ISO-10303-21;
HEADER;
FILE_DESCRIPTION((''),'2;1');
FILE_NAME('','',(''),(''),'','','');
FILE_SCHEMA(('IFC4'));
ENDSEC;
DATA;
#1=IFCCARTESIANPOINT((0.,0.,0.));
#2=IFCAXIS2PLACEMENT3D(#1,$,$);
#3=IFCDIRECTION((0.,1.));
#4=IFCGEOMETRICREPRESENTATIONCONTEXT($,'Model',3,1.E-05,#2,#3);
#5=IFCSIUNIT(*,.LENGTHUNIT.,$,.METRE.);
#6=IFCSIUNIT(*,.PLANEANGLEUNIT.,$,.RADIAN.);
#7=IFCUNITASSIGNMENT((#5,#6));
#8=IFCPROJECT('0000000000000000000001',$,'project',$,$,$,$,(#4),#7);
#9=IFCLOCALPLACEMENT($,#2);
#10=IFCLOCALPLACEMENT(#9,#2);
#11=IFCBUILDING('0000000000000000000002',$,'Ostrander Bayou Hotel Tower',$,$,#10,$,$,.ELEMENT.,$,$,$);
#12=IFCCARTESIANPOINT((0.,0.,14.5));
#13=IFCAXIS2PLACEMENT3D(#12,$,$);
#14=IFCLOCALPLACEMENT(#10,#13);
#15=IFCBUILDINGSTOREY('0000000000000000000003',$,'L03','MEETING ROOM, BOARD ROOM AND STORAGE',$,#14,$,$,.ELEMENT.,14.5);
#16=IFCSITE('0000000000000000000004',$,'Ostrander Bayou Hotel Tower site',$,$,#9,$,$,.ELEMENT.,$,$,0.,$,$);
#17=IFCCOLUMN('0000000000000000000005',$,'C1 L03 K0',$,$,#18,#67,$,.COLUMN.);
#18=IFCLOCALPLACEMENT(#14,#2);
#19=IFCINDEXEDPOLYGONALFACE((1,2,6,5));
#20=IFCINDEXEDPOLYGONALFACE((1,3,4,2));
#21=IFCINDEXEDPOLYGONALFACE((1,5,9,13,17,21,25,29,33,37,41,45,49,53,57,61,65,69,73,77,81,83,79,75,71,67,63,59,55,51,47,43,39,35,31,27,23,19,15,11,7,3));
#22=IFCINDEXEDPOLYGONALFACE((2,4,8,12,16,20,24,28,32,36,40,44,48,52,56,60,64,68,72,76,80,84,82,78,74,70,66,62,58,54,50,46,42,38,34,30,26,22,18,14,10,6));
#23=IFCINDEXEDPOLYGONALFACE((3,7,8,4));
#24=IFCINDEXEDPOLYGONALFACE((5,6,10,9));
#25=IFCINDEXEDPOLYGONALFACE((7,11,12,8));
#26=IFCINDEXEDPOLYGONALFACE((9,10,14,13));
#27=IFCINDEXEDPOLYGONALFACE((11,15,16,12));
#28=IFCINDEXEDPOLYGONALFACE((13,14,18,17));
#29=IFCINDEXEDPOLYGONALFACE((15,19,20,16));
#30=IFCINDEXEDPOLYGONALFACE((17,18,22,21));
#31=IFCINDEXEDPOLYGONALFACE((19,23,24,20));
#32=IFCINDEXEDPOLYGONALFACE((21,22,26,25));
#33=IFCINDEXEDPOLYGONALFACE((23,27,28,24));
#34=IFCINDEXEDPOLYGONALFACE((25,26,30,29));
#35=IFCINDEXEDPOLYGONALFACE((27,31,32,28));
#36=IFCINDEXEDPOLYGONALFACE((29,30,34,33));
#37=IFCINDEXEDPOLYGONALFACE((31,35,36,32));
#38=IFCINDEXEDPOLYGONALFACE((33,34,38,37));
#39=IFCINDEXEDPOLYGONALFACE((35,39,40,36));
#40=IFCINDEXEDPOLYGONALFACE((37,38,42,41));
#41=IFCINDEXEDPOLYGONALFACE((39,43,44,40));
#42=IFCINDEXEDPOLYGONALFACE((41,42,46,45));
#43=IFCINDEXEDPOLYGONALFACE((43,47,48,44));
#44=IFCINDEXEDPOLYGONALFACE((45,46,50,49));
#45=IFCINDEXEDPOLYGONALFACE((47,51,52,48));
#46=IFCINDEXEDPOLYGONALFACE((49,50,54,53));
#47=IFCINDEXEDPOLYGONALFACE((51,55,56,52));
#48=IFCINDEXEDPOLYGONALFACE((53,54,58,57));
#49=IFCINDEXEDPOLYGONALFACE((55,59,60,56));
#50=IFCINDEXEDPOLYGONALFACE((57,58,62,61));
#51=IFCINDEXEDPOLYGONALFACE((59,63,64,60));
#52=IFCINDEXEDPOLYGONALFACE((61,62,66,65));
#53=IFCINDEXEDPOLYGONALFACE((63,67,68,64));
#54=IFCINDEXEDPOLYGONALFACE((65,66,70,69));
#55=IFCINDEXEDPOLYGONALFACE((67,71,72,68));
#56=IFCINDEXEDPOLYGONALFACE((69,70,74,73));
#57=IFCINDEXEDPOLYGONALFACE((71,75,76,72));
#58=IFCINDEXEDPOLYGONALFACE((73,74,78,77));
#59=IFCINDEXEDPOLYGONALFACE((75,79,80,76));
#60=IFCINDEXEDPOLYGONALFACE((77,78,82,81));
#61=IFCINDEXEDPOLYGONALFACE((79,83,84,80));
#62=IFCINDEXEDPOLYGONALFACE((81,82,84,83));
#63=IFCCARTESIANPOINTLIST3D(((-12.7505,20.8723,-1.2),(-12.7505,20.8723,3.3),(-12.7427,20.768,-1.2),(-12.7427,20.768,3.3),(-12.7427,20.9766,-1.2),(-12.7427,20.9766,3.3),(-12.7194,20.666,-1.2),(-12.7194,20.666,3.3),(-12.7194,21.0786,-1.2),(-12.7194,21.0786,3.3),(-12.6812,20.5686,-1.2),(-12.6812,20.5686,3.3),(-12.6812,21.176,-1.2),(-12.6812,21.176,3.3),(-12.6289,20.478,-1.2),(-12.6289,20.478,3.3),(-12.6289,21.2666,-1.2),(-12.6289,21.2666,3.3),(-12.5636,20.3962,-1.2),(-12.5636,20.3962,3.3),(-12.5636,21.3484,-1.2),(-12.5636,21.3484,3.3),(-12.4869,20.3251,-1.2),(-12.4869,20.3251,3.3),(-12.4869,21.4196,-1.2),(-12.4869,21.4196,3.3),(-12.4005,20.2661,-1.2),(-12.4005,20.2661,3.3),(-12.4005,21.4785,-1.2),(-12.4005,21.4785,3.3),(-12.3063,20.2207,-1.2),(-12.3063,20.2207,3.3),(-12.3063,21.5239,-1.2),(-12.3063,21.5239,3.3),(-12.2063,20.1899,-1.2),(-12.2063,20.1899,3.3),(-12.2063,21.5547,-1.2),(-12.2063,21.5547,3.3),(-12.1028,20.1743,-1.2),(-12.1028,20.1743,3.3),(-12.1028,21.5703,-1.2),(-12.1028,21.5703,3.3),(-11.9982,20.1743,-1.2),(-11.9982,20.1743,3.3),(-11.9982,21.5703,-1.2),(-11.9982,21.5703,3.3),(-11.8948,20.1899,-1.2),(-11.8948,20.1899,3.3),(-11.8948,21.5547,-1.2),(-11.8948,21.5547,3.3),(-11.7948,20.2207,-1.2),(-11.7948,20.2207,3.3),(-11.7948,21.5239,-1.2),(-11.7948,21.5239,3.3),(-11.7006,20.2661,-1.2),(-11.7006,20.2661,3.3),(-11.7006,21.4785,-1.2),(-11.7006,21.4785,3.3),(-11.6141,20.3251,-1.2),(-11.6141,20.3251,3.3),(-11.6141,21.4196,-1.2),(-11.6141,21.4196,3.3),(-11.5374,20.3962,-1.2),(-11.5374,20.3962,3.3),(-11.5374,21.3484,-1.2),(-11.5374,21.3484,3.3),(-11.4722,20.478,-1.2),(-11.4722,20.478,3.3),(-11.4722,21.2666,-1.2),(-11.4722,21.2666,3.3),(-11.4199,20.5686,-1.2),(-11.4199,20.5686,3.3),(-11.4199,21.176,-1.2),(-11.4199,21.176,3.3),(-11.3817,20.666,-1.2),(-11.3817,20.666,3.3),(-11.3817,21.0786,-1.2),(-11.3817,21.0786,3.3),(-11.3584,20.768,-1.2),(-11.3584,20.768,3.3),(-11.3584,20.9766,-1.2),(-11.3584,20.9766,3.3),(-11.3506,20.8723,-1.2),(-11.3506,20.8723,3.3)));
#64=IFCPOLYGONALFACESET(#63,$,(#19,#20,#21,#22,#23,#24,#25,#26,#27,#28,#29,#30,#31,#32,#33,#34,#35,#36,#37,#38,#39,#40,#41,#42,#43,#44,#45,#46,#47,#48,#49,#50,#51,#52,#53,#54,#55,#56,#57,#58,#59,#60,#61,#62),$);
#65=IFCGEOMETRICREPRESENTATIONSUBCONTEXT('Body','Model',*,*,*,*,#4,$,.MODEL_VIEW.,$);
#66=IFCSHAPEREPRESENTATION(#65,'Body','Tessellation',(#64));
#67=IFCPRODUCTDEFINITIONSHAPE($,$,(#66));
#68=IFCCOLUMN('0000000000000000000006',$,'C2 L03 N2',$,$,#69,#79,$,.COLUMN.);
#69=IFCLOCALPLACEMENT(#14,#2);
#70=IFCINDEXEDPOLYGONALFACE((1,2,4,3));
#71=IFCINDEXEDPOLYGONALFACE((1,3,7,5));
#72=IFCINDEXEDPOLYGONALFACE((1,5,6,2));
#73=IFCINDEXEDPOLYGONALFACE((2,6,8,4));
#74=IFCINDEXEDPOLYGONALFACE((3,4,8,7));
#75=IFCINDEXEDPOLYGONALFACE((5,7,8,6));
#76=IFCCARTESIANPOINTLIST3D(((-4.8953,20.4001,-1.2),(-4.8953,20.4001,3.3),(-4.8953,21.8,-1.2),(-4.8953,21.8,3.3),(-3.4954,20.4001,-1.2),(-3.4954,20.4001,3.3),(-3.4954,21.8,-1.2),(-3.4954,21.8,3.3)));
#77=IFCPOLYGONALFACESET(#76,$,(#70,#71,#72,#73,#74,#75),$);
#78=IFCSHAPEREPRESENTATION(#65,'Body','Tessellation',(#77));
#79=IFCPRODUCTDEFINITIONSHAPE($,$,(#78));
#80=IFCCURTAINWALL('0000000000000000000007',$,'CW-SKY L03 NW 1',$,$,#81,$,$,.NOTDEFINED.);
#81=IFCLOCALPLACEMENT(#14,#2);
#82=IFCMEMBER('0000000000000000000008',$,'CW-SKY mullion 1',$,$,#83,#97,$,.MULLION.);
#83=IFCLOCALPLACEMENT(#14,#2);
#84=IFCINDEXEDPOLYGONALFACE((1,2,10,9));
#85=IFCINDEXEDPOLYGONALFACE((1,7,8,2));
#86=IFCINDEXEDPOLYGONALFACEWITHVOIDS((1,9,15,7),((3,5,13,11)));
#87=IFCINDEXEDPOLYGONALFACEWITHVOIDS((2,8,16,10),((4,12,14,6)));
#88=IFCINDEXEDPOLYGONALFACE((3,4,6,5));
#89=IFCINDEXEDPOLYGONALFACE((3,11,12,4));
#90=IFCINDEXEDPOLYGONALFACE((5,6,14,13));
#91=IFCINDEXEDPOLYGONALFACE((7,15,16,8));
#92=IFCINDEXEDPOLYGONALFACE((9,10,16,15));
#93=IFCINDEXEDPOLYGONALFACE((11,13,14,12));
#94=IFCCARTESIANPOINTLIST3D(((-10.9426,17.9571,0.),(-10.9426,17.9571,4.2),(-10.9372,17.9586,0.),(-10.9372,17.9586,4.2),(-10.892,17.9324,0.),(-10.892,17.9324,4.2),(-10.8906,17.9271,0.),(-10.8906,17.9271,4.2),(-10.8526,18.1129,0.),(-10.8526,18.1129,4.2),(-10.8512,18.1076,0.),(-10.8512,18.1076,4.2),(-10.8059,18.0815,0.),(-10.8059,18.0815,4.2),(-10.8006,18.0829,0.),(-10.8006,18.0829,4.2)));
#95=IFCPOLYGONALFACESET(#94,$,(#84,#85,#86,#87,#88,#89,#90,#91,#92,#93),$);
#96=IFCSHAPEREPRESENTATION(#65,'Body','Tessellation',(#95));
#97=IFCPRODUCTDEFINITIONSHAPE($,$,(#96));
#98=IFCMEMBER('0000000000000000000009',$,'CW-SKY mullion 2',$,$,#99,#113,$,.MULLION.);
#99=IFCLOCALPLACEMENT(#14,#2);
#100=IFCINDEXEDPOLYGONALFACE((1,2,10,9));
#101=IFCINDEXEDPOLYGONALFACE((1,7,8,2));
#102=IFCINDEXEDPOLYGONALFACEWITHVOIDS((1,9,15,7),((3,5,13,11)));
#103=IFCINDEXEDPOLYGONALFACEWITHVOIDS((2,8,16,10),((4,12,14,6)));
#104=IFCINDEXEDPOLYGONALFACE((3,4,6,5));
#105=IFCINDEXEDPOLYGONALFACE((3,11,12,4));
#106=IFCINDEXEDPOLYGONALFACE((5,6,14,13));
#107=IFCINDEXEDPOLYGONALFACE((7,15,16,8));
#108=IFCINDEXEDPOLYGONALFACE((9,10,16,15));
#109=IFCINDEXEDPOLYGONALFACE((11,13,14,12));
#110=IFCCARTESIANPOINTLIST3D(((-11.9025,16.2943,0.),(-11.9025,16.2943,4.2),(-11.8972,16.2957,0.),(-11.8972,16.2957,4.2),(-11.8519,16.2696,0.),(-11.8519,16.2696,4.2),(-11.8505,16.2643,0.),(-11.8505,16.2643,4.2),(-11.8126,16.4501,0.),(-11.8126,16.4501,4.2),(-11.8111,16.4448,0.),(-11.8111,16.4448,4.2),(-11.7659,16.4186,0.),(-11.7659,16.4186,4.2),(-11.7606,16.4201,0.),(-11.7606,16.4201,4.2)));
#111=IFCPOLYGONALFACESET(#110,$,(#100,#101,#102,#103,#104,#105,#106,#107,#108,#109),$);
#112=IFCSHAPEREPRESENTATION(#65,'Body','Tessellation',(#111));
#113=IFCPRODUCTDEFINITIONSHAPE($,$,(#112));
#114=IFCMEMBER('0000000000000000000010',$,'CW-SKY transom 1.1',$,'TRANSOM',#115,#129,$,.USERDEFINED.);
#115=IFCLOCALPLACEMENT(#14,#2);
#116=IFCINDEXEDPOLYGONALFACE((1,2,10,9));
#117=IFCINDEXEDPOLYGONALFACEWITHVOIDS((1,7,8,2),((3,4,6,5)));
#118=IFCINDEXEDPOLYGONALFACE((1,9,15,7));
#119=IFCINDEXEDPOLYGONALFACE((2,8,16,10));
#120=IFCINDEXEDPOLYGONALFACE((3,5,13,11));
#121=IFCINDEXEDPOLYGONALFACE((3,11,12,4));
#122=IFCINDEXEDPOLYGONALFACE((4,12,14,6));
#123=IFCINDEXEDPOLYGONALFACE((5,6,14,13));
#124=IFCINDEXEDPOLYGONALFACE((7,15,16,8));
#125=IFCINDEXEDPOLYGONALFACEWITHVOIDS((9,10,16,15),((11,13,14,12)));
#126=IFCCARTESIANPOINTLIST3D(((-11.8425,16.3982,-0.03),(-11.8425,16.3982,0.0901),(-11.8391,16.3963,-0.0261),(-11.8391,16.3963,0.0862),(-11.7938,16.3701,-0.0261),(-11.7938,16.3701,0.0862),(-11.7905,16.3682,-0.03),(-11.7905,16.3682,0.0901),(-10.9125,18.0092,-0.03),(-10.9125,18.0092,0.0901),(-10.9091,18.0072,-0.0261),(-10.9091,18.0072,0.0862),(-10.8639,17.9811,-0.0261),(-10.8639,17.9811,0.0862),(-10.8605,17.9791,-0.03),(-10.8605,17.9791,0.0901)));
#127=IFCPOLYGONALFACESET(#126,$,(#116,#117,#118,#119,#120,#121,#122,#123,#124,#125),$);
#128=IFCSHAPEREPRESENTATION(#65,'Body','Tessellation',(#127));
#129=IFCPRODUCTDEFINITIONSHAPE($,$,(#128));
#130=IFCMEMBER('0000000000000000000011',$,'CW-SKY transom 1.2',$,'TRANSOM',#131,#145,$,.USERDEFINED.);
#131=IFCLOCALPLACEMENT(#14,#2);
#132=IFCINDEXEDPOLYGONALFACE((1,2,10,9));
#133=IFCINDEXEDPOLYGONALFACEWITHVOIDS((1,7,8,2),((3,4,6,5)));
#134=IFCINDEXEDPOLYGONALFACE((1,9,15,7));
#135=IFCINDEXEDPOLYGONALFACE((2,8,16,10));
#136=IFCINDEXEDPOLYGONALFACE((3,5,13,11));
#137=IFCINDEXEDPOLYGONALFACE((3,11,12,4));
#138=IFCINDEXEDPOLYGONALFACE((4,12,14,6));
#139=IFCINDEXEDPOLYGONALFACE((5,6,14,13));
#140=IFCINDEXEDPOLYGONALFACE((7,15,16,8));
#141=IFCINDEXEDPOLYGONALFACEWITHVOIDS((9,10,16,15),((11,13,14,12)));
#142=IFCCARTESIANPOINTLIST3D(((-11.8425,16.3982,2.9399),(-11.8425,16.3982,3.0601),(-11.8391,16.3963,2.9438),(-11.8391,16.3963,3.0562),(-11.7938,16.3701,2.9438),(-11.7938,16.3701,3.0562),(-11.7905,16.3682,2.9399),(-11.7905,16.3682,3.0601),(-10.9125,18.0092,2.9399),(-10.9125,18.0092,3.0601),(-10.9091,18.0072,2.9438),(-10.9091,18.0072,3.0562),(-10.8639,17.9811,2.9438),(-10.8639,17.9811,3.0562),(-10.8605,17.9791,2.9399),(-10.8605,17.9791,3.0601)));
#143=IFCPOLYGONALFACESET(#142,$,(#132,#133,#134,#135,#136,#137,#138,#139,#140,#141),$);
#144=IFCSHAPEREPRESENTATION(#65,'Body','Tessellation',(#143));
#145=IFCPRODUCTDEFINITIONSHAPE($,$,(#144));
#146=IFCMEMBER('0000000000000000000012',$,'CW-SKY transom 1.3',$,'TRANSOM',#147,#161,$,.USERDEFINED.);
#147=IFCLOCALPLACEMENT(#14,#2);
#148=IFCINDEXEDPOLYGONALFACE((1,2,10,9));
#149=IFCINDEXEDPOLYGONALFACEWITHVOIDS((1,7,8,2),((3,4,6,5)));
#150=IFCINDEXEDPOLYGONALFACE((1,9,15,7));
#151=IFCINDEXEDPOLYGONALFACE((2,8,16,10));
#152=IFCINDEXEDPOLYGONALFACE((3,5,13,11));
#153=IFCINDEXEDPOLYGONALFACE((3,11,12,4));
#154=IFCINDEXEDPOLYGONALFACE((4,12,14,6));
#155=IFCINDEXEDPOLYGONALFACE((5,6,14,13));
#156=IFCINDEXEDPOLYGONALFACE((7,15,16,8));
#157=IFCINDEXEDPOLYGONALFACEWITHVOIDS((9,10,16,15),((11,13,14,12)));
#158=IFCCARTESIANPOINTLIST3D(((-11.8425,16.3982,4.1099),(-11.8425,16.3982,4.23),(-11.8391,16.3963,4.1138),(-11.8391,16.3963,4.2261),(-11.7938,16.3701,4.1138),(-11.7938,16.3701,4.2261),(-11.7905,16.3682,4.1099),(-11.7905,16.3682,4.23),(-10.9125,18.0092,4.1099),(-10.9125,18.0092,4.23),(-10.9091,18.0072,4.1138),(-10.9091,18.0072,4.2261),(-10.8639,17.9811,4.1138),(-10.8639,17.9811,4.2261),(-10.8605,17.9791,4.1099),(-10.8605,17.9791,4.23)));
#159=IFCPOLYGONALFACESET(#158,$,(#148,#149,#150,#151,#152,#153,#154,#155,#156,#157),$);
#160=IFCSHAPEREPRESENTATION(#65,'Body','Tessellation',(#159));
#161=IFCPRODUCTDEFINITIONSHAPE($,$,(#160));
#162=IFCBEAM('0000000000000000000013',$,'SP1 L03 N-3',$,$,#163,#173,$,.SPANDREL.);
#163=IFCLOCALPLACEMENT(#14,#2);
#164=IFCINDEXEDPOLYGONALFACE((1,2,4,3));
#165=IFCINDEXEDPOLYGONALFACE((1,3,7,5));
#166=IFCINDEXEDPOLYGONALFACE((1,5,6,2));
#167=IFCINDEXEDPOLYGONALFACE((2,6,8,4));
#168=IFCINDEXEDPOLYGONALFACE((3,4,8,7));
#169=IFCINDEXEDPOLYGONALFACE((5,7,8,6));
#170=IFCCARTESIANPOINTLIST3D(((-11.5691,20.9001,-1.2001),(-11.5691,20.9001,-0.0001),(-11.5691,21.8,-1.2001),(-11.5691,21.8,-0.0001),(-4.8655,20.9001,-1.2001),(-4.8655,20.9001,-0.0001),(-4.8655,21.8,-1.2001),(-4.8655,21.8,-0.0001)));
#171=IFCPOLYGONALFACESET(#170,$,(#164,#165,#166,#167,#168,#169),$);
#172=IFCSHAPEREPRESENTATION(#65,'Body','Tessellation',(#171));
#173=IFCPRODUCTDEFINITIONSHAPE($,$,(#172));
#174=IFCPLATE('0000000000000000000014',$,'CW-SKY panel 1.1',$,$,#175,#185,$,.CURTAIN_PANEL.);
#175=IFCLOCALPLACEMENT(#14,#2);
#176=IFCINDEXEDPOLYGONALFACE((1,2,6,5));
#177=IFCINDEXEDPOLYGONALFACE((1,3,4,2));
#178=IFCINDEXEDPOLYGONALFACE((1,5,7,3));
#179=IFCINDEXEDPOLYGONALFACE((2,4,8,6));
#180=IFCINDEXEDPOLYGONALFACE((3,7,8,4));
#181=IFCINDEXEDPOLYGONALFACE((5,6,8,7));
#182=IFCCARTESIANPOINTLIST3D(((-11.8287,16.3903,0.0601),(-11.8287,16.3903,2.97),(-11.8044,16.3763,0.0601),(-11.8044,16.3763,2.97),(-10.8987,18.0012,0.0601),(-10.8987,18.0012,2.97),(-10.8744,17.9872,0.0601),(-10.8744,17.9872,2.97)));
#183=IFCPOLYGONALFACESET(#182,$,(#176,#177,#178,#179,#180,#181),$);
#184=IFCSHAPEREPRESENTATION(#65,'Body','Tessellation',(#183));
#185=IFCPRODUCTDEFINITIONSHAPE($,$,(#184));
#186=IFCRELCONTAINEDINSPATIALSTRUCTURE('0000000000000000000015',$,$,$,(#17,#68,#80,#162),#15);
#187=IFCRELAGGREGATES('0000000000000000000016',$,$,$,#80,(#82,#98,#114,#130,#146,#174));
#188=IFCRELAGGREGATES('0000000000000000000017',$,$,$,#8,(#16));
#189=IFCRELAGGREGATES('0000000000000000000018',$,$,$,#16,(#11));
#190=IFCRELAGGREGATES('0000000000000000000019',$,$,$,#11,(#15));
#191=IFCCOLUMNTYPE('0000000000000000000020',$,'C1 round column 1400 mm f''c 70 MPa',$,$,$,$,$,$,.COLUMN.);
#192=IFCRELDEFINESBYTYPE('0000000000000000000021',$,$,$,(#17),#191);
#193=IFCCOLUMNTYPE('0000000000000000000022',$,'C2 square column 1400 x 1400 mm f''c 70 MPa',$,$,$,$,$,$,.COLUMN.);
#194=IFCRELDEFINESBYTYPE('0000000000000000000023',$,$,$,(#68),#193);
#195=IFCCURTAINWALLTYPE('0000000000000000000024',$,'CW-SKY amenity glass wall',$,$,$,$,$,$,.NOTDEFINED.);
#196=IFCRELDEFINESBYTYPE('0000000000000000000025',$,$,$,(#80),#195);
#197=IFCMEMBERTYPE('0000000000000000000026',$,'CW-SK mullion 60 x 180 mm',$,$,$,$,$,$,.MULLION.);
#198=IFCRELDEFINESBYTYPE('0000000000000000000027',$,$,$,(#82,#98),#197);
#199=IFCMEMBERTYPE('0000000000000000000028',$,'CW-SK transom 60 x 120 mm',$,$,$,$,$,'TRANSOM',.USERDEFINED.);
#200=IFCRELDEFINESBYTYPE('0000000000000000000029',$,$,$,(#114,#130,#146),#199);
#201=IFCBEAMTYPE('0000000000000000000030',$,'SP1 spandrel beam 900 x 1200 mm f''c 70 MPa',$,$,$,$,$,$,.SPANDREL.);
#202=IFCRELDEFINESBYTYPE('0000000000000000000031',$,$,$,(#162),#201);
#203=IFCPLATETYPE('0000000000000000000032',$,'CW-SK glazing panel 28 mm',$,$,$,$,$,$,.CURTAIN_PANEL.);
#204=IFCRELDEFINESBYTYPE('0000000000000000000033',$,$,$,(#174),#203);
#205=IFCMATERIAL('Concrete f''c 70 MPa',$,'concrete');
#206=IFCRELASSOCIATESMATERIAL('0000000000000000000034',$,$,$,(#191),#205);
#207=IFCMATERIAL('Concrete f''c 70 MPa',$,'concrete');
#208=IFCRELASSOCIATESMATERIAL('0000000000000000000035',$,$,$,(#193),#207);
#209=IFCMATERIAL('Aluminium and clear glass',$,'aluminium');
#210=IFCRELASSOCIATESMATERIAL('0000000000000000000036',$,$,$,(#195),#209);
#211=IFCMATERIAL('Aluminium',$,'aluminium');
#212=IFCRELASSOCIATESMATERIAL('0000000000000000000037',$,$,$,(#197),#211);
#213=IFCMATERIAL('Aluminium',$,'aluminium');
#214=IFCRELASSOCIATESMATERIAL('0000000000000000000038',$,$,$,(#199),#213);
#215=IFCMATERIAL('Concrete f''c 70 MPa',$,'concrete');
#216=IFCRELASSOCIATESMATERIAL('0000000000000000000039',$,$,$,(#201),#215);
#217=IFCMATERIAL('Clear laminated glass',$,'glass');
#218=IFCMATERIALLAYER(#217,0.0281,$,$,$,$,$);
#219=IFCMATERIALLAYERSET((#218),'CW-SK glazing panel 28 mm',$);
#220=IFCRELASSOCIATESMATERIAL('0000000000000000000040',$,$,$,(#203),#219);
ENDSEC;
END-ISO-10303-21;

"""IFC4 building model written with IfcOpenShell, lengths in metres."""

from ifc_helpers import new_model, si_unit, direction, frame, origin, origin_2d, place, context, subcontext, project, spatial, rectangle, hollow_rectangle, circle, extrude, material, layer, layer_set, material_profile, profile_set, type_object, element, aggregate, save


model = new_model("IFC4")

# Units and contexts
model_context = context("Model", 3, precision=1e-05, world=origin(), true_north=direction((0.0, 1.0)))
body_context = subcontext(model_context, "Body", "Model", "MODEL_VIEW")
ifc_project = project(units=[si_unit("LENGTHUNIT", "METRE"), si_unit("PLANEANGLEUNIT", "RADIAN")], contexts=[model_context])

# Site, building, storey
site_placement = place(None, origin())
site = spatial("IfcSite", under=ifc_project, at=site_placement, Name="Ostrander Bayou Hotel Tower site", CompositionType="ELEMENT", RefElevation=0.0)
building_placement = place(site_placement, origin())
building = spatial("IfcBuilding", under=site, at=building_placement, Name="Ostrander Bayou Hotel Tower", CompositionType="ELEMENT")
storey_placement = place(building_placement, frame((0.0, 0.0, 14.5)))
storey = spatial("IfcBuildingStorey", under=building, at=storey_placement, Name="L03", Description="MEETING ROOM, BOARD ROOM AND STORAGE", CompositionType="ELEMENT", Elevation=14.5)

# Columns
ifc_material_1 = material(Name="Concrete f'c 70 MPa", Category="concrete")
ifc_material_profile_1 = material_profile(ifc_material_1, circle(Radius=0.7, at=origin_2d()))
ifc_profile_set_1 = profile_set([ifc_material_profile_1], Name="Concrete f'c 70 MPa")
column_type_1 = type_object("IfcColumnType", Name="C1 round column 1400 mm f'c 70 MPa", PredefinedType="COLUMN", material=ifc_profile_set_1)
column_1_placement = place(storey_placement, frame((-12.0505, 20.8723, -1.2), z_axis=(0.0, 0.0, 1.0), x_axis=(1.0, 0.0, 0.0)))
element("IfcColumn", 1, at=column_1_placement, inside=storey, type_object=column_type_1, Name="C1 L03 K0", PredefinedType="COLUMN", context=body_context, shape_type="SweptSolid", body=[
    extrude(circle(Radius=0.7, at=origin_2d()), origin(), (0.0, 0.0, 1.0), 4.5),
])
ifc_material_2 = material(Name="Concrete f'c 70 MPa", Category="concrete")
ifc_material_profile_2 = material_profile(ifc_material_2, rectangle(XDim=1.3999, YDim=1.3999, at=origin_2d()))
ifc_profile_set_2 = profile_set([ifc_material_profile_2], Name="Concrete f'c 70 MPa")
column_type_2 = type_object("IfcColumnType", Name="C2 square column 1400 x 1400 mm f'c 70 MPa", PredefinedType="COLUMN", material=ifc_profile_set_2)
column_2_placement = place(storey_placement, frame((-4.1953, 21.1001, -1.2), z_axis=(0.0, 0.0, 1.0), x_axis=(1.0, 0.0, 0.0)))
element("IfcColumn", 2, at=column_2_placement, inside=storey, type_object=column_type_2, Name="C2 L03 N2", PredefinedType="COLUMN", context=body_context, shape_type="SweptSolid", body=[
    extrude(rectangle(XDim=1.3999, YDim=1.3999, at=origin_2d()), origin(), (0.0, 0.0, 1.0), 4.5),
])

# Curtain wall, members
ifc_material_3 = material(Name="Aluminium and clear glass", Category="aluminium")
curtain_wall_type = type_object("IfcCurtainWallType", Name="CW-SKY amenity glass wall", PredefinedType="NOTDEFINED", material=ifc_material_3)
curtain_wall_placement = place(storey_placement, origin())
curtain_wall = element("IfcCurtainWall", 3, at=curtain_wall_placement, inside=storey, type_object=curtain_wall_type, Name="CW-SKY L03 NW 1", PredefinedType="NOTDEFINED")
ifc_material_4 = material(Name="Aluminium", Category="aluminium")
ifc_material_profile_3 = material_profile(ifc_material_4, hollow_rectangle(XDim=0.0601, YDim=0.1799, WallThickness=0.0039, at=origin_2d()))
ifc_profile_set_3 = profile_set([ifc_material_profile_3], Name="Aluminium")
member_type_1 = type_object("IfcMemberType", Name="CW-SK mullion 60 x 180 mm", PredefinedType="MULLION", material=ifc_profile_set_3)
member_1_placement = place(storey_placement, frame((-10.8716, 18.02, 0.0), z_axis=(0.0, 0.0, 1.0), x_axis=(0.866025, -0.5, 0.0)))
member_1 = element("IfcMember", 4, at=member_1_placement, type_object=member_type_1, Name="CW-SKY mullion 1", PredefinedType="MULLION", context=body_context, shape_type="SweptSolid", body=[
    extrude(hollow_rectangle(XDim=0.0601, YDim=0.1799, WallThickness=0.0039, at=origin_2d()), origin(), (0.0, 0.0, 1.0), 4.2),
])
member_2_placement = place(storey_placement, frame((-11.8315, 16.3572, 0.0), z_axis=(0.0, 0.0, 1.0), x_axis=(0.866025, -0.5, 0.0)))
member_2 = element("IfcMember", 5, at=member_2_placement, type_object=member_type_1, Name="CW-SKY mullion 2", PredefinedType="MULLION", context=body_context, shape_type="SweptSolid", body=[
    extrude(hollow_rectangle(XDim=0.0601, YDim=0.1799, WallThickness=0.0039, at=origin_2d()), origin(), (0.0, 0.0, 1.0), 4.2),
])
ifc_material_5 = material(Name="Aluminium", Category="aluminium")
ifc_material_profile_4 = material_profile(ifc_material_5, hollow_rectangle(XDim=0.0601, YDim=0.1201, WallThickness=0.0039, at=origin_2d()))
ifc_profile_set_4 = profile_set([ifc_material_profile_4], Name="Aluminium")
member_type_2 = type_object("IfcMemberType", Name="CW-SK transom 60 x 120 mm", ElementType="TRANSOM", PredefinedType="USERDEFINED", material=ifc_profile_set_4)
member_3_placement = place(storey_placement, frame((-10.8865, 17.9941, 0.03), z_axis=(-0.499965, -0.866046, 0.0), x_axis=(0.866046, -0.499965, 0.0)))
member_3 = element("IfcMember", 6, at=member_3_placement, type_object=member_type_2, Name="CW-SKY transom 1.1", ObjectType="TRANSOM", PredefinedType="USERDEFINED", context=body_context, shape_type="SweptSolid", body=[
    extrude(hollow_rectangle(XDim=0.0601, YDim=0.1201, WallThickness=0.0039, at=origin_2d()), origin(), (0.0, 0.0, 1.0), 1.8601),
])
member_4_placement = place(storey_placement, frame((-10.8865, 17.9941, 3.0), z_axis=(-0.499965, -0.866046, 0.0), x_axis=(0.866046, -0.499965, 0.0)))
member_4 = element("IfcMember", 7, at=member_4_placement, type_object=member_type_2, Name="CW-SKY transom 1.2", ObjectType="TRANSOM", PredefinedType="USERDEFINED", context=body_context, shape_type="SweptSolid", body=[
    extrude(hollow_rectangle(XDim=0.0601, YDim=0.1201, WallThickness=0.0039, at=origin_2d()), origin(), (0.0, 0.0, 1.0), 1.8601),
])
member_5_placement = place(storey_placement, frame((-10.8865, 17.9941, 4.1699), z_axis=(-0.499965, -0.866046, 0.0), x_axis=(0.866046, -0.499965, 0.0)))
member_5 = element("IfcMember", 8, at=member_5_placement, type_object=member_type_2, Name="CW-SKY transom 1.3", ObjectType="TRANSOM", PredefinedType="USERDEFINED", context=body_context, shape_type="SweptSolid", body=[
    extrude(hollow_rectangle(XDim=0.0601, YDim=0.1201, WallThickness=0.0039, at=origin_2d()), origin(), (0.0, 0.0, 1.0), 1.8601),
])

# Beam
ifc_material_6 = material(Name="Concrete f'c 70 MPa", Category="concrete")
ifc_material_profile_5 = material_profile(ifc_material_6, rectangle(XDim=0.8999, YDim=1.2, at=origin_2d()))
ifc_profile_set_5 = profile_set([ifc_material_profile_5], Name="Concrete f'c 70 MPa")
beam_type = type_object("IfcBeamType", Name="SP1 spandrel beam 900 x 1200 mm f'c 70 MPa", PredefinedType="SPANDREL", material=ifc_profile_set_5)
beam_placement = place(storey_placement, frame((-4.8655, 21.3501, -0.6001), z_axis=(-1.0, 0.0, 0.0), x_axis=(0.0, -1.0, 0.0)))
element("IfcBeam", 9, at=beam_placement, inside=storey, type_object=beam_type, Name="SP1 L03 N-3", PredefinedType="SPANDREL", context=body_context, shape_type="SweptSolid", body=[
    extrude(rectangle(XDim=0.8999, YDim=1.2, at=origin_2d()), origin(), (0.0, 0.0, 1.0), 6.7036),
])

# Plate
ifc_material_7 = material(Name="Clear laminated glass", Category="glass")
ifc_layer_1 = layer(ifc_material_7, 0.0281)
ifc_layer_set_1 = layer_set([ifc_layer_1], Name="CW-SK glazing panel 28 mm")
plate_type = type_object("IfcPlateType", Name="CW-SK glazing panel 28 mm", PredefinedType="CURTAIN_PANEL", material=ifc_layer_set_1)
plate_1_placement = place(storey_placement, frame((-11.3516, 17.1887, 0.0601), z_axis=(0.0, 0.0, 1.0), x_axis=(-0.5, -0.866025, 0.0)))
plate_1 = element("IfcPlate", 10, at=plate_1_placement, type_object=plate_type, Name="CW-SKY panel 1.1", PredefinedType="CURTAIN_PANEL", context=body_context, shape_type="SweptSolid", body=[
    extrude(rectangle(XDim=1.8601, YDim=0.0281, at=origin_2d()), origin(), (0.0, 0.0, 1.0), 2.9099),
])
aggregate(curtain_wall, [member_1, member_2, member_3, member_4, member_5, plate_1])

save(model, "model.ifc")
